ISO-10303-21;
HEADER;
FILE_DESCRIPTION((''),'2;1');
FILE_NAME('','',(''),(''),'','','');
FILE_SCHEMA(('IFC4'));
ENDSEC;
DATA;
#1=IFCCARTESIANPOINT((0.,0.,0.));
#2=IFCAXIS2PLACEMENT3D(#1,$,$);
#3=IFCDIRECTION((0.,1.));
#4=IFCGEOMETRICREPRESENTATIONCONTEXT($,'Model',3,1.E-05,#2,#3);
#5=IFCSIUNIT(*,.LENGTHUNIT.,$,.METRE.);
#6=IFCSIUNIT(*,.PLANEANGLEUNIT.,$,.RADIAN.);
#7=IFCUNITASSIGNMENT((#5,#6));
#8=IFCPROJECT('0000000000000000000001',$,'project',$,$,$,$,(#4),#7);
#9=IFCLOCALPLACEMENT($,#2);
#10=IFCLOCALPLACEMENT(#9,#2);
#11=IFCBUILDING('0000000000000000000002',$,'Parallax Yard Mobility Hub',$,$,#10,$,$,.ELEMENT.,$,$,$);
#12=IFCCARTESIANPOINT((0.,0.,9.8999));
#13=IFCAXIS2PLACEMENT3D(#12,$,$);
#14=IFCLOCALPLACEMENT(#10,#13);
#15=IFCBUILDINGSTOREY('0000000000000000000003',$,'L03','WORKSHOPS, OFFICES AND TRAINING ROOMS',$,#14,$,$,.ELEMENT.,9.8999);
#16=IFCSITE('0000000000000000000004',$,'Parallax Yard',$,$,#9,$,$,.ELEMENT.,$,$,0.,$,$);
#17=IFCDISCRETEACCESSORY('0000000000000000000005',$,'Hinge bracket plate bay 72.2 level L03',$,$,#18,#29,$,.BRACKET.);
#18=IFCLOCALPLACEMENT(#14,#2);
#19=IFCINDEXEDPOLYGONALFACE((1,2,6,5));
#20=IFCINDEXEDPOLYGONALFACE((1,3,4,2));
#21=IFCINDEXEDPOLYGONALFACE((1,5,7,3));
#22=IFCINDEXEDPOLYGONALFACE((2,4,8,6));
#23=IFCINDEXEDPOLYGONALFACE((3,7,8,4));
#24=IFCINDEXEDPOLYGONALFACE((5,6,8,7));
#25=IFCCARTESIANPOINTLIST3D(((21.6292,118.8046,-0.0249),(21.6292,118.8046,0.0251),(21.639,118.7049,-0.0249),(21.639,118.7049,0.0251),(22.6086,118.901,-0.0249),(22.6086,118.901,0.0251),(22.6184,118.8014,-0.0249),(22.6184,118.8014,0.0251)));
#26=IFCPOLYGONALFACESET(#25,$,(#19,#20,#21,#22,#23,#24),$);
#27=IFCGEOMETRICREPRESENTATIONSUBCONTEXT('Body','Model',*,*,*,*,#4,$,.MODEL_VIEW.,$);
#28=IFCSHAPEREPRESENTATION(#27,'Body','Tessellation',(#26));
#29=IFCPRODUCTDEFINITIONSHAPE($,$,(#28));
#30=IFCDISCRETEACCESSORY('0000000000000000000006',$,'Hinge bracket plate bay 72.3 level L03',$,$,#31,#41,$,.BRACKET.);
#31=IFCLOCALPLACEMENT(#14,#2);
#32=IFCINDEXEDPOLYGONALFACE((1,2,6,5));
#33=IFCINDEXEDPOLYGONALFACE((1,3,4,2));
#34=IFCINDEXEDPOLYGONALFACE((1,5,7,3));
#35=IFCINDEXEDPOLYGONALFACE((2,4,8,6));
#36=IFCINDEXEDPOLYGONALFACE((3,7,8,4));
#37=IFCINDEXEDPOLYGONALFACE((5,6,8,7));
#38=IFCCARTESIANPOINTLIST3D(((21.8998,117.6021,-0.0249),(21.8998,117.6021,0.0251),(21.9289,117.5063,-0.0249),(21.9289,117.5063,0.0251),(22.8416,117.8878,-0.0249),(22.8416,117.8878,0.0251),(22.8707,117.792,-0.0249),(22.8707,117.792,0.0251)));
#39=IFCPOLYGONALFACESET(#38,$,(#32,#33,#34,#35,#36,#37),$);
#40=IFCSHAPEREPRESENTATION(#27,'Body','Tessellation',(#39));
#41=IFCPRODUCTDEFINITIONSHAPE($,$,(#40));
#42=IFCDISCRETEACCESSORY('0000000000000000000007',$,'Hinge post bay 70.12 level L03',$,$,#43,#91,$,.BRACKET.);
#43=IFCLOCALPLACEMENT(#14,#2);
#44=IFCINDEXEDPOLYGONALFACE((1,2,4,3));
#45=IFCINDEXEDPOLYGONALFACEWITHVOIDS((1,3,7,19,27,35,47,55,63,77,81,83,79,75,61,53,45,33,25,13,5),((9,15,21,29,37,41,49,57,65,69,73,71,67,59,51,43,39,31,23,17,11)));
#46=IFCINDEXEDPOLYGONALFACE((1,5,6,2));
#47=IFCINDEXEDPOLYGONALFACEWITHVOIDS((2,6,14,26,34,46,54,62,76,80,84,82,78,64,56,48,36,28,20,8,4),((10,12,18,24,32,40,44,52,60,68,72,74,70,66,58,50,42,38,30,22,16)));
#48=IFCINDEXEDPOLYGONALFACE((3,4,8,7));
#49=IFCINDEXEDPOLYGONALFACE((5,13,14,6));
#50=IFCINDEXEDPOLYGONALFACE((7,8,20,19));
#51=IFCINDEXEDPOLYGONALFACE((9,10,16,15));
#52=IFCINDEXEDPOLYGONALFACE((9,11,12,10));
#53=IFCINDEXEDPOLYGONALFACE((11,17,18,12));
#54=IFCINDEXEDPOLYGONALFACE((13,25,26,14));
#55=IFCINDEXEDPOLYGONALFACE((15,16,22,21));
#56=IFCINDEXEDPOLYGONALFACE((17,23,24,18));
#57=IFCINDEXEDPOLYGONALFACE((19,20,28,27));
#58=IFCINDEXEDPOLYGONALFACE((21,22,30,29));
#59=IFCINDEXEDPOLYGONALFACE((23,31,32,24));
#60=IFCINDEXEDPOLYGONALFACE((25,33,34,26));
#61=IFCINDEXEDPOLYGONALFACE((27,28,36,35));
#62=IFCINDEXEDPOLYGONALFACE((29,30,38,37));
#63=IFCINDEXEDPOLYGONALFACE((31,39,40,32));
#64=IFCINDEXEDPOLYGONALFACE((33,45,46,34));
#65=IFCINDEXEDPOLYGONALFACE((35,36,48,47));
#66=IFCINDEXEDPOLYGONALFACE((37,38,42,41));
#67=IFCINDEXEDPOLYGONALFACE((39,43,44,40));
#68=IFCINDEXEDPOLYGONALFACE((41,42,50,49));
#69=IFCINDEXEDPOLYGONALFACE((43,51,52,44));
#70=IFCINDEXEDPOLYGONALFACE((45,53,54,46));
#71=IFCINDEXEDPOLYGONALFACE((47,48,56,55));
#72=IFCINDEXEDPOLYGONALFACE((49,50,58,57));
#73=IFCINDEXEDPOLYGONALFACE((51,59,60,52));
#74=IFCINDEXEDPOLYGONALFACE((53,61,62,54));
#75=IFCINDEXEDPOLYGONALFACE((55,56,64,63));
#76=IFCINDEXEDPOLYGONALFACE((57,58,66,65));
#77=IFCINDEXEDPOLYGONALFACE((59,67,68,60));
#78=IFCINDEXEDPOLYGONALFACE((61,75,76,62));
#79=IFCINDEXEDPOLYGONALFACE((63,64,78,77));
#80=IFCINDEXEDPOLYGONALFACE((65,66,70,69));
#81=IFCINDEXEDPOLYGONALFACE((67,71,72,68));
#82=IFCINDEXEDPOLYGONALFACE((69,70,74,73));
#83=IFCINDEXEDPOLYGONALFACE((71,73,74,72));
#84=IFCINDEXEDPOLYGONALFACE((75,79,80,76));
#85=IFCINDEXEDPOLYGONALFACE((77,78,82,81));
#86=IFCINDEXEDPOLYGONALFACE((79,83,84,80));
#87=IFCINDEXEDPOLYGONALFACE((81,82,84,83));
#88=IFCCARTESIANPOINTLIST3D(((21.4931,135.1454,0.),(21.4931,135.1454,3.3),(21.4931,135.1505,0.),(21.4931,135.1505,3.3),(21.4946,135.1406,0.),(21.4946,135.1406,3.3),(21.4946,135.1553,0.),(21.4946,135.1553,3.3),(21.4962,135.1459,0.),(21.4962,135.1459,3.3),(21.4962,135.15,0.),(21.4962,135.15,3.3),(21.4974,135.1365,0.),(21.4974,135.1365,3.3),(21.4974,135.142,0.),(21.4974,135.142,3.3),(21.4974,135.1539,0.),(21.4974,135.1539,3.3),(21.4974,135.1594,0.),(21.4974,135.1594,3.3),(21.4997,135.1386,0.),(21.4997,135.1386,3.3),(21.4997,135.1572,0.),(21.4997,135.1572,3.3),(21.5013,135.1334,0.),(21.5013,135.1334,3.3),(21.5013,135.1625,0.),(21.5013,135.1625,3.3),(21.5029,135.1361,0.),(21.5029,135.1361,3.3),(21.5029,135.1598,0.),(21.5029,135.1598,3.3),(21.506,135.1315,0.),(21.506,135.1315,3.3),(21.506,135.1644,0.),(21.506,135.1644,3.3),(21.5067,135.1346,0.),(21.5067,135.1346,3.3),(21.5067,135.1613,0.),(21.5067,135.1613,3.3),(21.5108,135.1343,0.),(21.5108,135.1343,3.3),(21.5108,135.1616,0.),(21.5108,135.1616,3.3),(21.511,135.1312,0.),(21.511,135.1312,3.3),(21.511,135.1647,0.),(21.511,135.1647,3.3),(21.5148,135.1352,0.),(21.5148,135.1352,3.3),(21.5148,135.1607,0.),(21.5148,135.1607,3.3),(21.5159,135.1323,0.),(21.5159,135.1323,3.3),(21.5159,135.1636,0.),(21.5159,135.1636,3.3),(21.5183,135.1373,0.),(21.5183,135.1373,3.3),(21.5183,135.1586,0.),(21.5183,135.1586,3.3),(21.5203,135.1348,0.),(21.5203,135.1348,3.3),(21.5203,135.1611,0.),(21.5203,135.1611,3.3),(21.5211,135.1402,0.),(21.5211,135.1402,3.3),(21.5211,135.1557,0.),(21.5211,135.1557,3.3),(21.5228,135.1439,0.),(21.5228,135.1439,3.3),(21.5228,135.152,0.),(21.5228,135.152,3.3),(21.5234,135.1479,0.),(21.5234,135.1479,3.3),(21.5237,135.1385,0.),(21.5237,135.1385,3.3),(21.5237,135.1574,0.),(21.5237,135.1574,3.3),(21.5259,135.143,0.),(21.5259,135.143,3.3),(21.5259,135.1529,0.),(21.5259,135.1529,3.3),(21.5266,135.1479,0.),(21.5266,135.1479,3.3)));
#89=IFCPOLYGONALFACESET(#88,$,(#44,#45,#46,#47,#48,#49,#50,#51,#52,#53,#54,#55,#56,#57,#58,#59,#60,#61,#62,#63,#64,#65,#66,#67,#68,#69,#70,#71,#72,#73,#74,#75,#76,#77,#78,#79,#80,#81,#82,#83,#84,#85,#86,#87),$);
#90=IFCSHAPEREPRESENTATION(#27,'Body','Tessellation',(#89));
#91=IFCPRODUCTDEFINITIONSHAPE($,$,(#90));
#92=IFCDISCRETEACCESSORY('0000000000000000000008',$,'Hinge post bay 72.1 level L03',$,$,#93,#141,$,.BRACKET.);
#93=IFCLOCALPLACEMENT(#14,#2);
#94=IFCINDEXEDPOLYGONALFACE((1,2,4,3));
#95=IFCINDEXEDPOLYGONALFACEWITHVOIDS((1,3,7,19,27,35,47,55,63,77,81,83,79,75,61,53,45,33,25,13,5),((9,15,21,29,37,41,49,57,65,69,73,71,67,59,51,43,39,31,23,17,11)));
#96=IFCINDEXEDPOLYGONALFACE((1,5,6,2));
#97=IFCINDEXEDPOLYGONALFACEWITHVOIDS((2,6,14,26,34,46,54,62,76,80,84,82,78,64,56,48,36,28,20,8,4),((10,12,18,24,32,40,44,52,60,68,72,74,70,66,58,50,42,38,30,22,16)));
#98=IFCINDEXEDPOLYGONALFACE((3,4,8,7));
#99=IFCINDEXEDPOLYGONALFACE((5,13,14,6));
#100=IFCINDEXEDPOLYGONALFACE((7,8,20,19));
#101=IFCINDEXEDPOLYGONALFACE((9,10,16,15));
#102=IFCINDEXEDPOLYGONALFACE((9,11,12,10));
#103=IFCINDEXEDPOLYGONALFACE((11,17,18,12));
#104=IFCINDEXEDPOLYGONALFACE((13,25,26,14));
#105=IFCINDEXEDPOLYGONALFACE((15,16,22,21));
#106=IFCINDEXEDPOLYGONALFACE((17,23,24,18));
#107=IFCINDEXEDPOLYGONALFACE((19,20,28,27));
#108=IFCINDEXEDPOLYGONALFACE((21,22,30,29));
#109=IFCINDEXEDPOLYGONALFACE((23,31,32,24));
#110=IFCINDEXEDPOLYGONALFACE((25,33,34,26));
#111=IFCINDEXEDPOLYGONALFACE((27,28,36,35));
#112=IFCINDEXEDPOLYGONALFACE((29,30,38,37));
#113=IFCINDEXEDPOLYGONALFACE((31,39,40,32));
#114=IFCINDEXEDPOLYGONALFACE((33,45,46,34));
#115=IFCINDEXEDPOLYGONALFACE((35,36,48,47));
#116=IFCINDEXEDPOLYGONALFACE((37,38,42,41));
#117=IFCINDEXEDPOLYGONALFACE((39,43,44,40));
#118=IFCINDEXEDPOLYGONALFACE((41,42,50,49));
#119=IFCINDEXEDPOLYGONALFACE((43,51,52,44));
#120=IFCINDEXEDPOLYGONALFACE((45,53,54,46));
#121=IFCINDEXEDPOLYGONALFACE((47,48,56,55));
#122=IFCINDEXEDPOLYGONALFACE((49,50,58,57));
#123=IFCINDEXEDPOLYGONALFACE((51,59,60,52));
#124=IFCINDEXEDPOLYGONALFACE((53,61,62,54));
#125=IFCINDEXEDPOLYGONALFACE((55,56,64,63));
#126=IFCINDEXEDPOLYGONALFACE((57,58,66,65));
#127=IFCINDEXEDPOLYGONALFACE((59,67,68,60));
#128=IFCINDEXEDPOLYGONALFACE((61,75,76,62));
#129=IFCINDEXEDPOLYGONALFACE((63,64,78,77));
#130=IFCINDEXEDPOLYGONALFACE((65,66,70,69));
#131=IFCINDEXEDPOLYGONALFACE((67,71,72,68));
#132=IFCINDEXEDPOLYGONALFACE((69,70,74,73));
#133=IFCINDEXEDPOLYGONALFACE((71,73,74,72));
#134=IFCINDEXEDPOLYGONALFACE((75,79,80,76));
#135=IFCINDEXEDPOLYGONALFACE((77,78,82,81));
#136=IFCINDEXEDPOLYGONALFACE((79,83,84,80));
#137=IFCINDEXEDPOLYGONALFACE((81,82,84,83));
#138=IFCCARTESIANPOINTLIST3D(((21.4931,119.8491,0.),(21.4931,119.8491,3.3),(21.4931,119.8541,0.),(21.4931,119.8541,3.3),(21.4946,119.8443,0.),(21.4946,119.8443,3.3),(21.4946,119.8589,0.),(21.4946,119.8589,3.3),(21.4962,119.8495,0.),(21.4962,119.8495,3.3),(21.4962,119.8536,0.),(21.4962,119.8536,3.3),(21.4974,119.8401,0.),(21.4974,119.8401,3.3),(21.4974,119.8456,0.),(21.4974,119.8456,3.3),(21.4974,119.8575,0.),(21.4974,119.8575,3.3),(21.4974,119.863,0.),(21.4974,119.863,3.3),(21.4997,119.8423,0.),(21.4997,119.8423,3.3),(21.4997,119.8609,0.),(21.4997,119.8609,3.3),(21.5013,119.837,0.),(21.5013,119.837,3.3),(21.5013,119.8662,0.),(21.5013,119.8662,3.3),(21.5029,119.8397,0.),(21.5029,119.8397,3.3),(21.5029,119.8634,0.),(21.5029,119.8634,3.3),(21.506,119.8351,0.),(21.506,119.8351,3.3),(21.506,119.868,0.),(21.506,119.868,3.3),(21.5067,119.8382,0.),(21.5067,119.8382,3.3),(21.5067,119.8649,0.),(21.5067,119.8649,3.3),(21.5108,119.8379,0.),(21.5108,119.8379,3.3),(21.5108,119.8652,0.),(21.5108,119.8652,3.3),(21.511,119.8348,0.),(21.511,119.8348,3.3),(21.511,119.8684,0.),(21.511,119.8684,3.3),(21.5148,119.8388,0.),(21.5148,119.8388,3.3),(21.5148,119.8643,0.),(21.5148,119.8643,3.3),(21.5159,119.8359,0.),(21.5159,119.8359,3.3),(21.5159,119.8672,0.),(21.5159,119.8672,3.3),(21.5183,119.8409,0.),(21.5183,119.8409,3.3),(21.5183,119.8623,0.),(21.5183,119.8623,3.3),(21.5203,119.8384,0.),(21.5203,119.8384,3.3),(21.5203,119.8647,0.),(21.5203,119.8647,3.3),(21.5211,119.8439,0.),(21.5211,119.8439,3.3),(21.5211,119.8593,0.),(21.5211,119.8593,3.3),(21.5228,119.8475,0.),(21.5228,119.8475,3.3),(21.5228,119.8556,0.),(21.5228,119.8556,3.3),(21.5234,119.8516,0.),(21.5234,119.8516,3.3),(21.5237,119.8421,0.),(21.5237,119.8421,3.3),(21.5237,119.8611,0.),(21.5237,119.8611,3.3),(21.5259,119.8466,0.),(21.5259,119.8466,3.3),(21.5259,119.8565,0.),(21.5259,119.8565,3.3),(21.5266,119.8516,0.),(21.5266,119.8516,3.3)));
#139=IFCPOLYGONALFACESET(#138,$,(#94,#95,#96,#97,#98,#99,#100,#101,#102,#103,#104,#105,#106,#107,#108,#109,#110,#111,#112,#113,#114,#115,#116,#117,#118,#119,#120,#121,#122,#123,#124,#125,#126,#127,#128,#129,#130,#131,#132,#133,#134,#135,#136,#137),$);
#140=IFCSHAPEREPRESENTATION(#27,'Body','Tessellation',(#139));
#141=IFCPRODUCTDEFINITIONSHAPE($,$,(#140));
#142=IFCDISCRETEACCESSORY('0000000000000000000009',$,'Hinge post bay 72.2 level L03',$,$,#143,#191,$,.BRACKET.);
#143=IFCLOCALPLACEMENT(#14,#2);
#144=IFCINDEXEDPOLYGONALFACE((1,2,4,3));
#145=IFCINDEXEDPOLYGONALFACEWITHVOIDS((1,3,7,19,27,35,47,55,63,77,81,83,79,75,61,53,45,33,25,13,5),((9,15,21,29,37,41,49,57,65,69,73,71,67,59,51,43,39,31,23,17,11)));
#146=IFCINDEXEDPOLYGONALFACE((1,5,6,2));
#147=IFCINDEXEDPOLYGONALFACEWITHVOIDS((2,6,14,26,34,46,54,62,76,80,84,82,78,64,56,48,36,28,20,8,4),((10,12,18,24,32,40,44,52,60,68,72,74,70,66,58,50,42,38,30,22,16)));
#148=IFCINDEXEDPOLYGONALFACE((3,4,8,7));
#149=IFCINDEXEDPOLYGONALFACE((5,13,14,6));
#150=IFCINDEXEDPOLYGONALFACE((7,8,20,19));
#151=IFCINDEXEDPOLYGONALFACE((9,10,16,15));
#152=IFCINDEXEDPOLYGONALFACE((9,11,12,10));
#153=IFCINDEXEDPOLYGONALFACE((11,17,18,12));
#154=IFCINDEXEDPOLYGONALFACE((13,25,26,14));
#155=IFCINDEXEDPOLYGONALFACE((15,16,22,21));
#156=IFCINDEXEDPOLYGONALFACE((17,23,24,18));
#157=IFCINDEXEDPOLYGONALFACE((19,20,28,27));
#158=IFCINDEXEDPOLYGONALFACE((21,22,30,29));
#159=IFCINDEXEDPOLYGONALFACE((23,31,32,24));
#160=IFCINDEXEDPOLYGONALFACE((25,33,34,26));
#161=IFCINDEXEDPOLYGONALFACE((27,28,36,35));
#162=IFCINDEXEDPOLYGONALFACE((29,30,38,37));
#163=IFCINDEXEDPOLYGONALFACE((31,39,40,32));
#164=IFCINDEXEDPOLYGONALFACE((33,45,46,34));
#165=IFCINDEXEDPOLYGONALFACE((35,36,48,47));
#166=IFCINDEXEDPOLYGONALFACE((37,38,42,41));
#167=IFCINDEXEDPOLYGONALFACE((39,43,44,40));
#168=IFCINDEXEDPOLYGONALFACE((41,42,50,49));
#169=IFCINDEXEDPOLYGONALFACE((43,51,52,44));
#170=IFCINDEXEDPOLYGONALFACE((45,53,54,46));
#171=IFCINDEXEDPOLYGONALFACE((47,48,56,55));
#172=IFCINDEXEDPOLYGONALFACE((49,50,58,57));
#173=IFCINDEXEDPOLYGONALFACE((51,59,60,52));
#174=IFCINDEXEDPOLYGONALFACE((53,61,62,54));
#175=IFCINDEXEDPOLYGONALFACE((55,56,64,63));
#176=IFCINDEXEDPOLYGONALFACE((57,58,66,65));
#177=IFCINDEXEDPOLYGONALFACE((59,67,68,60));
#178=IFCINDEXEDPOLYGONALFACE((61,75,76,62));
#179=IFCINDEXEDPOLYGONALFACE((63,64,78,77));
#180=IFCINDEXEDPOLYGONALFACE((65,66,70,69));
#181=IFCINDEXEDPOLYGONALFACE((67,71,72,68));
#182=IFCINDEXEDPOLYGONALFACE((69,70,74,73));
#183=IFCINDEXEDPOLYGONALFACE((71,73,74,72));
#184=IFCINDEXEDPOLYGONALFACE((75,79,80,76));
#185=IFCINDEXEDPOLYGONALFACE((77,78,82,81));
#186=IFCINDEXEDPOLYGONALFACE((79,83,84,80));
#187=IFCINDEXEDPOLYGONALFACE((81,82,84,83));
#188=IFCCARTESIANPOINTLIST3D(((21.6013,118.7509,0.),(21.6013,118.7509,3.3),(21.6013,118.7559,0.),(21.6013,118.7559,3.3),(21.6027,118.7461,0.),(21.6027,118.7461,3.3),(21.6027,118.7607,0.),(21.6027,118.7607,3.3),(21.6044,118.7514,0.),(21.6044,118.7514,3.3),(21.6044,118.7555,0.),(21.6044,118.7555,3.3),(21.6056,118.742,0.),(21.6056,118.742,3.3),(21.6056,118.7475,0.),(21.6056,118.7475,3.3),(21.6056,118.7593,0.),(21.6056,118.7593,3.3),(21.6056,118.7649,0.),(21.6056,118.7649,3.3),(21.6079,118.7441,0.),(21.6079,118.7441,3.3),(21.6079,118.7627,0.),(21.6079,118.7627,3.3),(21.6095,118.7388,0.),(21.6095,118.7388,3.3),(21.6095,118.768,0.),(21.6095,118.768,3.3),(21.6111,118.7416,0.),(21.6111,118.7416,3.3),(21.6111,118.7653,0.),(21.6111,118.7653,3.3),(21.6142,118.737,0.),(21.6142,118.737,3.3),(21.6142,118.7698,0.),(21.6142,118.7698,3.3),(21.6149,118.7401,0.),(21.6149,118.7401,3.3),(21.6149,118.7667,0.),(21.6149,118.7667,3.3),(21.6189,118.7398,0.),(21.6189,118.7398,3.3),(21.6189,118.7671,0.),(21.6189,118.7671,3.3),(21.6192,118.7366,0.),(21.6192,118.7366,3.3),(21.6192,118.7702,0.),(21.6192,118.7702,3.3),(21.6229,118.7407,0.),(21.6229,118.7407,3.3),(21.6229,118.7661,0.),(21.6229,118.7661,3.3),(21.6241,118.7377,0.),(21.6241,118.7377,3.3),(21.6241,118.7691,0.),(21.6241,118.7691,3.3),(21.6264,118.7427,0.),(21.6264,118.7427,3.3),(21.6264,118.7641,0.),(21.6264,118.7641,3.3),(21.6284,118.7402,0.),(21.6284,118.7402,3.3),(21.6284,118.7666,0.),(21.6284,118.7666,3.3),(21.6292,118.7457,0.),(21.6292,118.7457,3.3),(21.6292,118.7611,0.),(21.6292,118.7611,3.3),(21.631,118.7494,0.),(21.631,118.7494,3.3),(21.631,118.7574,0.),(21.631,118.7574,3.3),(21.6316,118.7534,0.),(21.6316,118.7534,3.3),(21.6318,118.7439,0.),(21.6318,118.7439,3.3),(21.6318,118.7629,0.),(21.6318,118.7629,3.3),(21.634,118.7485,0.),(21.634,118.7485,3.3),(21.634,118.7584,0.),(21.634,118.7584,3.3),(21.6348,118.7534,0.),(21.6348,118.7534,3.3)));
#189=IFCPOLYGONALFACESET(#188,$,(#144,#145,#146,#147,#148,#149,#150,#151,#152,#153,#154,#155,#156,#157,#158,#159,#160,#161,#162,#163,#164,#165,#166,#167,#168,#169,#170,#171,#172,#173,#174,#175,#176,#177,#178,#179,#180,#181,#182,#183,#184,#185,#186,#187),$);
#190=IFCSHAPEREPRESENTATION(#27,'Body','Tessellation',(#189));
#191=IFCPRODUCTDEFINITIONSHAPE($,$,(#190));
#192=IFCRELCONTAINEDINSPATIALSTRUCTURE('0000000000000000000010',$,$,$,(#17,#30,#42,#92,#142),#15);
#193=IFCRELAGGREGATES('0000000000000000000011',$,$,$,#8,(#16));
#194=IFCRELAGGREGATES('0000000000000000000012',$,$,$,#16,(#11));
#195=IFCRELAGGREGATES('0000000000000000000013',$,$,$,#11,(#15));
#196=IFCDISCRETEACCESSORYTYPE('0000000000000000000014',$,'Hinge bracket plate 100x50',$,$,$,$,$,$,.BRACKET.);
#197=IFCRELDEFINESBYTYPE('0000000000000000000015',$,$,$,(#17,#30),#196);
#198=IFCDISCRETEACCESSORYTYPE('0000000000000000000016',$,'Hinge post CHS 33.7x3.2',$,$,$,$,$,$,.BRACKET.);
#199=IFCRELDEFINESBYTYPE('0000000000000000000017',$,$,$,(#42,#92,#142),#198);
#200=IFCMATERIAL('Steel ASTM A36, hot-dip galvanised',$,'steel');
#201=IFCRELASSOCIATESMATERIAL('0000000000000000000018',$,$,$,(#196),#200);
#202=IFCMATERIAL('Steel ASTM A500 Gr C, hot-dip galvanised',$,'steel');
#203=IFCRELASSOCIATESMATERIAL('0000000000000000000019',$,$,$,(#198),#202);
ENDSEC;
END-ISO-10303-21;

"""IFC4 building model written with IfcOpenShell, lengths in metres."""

from ifc_helpers import new_model, si_unit, direction, frame, origin, origin_2d, place, context, subcontext, project, spatial, rectangle, hollow_circle, extrude, material, material_profile, profile_set, type_object, element, save


model = new_model("IFC4")

# Units and contexts
model_context = context("Model", 3, precision=1e-05, world=origin(), true_north=direction((0.0, 1.0)))
body_context = subcontext(model_context, "Body", "Model", "MODEL_VIEW")
ifc_project = project(units=[si_unit("LENGTHUNIT", "METRE"), si_unit("PLANEANGLEUNIT", "RADIAN")], contexts=[model_context])

# Site, building, storey
site_placement = place(None, origin())
site = spatial("IfcSite", under=ifc_project, at=site_placement, Name="Parallax Yard", CompositionType="ELEMENT", RefElevation=0.0)
building_placement = place(site_placement, origin())
building = spatial("IfcBuilding", under=site, at=building_placement, Name="Parallax Yard Mobility Hub", CompositionType="ELEMENT")
storey_placement = place(building_placement, frame((0.0, 0.0, 9.8999)))
storey = spatial("IfcBuildingStorey", under=building, at=storey_placement, Name="L03", Description="WORKSHOPS, OFFICES AND TRAINING ROOMS", CompositionType="ELEMENT", Elevation=9.8999)

# Discrete accessories
ifc_material_1 = material(Name="Steel ASTM A36, hot-dip galvanised", Category="steel")
discrete_accessory_type_1 = type_object("IfcDiscreteAccessoryType", Name="Hinge bracket plate 100x50", PredefinedType="BRACKET", material=ifc_material_1)
for number, where, z_axis, x_axis, name in (
    (1, (22.1238, 118.803, -0.0249), (0.0, 0.0, 1.0), (-0.995185, -0.098017, 0.0), "Hinge bracket plate bay 72.2 level L03"),
    (2, (22.3853, 117.697, -0.0249), (0.0, 0.0, 1.0), (-0.95694, -0.290285, 0.0), "Hinge bracket plate bay 72.3 level L03"),
):
    element("IfcDiscreteAccessory", number, at=place(storey_placement, frame(where, z_axis=z_axis, x_axis=x_axis)), inside=storey, type_object=discrete_accessory_type_1, Name=name, PredefinedType="BRACKET", context=body_context, shape_type="SweptSolid", body=[
        extrude(rectangle(XDim=0.9841, YDim=0.1001, at=origin_2d()), origin(), (0.0, 0.0, 1.0), 0.05),
    ])
ifc_material_2 = material(Name="Steel ASTM A500 Gr C, hot-dip galvanised", Category="steel")
ifc_material_profile_1 = material_profile(ifc_material_2, hollow_circle(Radius=0.0168, WallThickness=0.0032, at=origin_2d()), Name="CHS 33.7x3.2")
ifc_profile_set_1 = profile_set([ifc_material_profile_1], Name="Steel ASTM A500 Gr C, hot-dip galvanised")
discrete_accessory_type_2 = type_object("IfcDiscreteAccessoryType", Name="Hinge post CHS 33.7x3.2", PredefinedType="BRACKET", material=ifc_profile_set_1)
for number, where, z_axis, x_axis, name in (
    (3, (21.5098, 135.1479, 0.0), (0.0, 0.0, 1.0), (1.0, 0.0, 0.0), "Hinge post bay 70.12 level L03"),
    (4, (21.5098, 119.8516, 0.0), (0.0, 0.0, 1.0), (1.0, 0.0, 0.0), "Hinge post bay 72.1 level L03"),
    (5, (21.6179, 118.7534, 0.0), (0.0, 0.0, 1.0), (1.0, 0.0, 0.0), "Hinge post bay 72.2 level L03"),
):
    element("IfcDiscreteAccessory", number, at=place(storey_placement, frame(where, z_axis=z_axis, x_axis=x_axis)), inside=storey, type_object=discrete_accessory_type_2, Name=name, PredefinedType="BRACKET", context=body_context, shape_type="SweptSolid", body=[
        extrude(hollow_circle(Radius=0.0168, WallThickness=0.0032, at=origin_2d()), origin(), (0.0, 0.0, 1.0), 3.3),
    ])

save(model, "model.ifc")
